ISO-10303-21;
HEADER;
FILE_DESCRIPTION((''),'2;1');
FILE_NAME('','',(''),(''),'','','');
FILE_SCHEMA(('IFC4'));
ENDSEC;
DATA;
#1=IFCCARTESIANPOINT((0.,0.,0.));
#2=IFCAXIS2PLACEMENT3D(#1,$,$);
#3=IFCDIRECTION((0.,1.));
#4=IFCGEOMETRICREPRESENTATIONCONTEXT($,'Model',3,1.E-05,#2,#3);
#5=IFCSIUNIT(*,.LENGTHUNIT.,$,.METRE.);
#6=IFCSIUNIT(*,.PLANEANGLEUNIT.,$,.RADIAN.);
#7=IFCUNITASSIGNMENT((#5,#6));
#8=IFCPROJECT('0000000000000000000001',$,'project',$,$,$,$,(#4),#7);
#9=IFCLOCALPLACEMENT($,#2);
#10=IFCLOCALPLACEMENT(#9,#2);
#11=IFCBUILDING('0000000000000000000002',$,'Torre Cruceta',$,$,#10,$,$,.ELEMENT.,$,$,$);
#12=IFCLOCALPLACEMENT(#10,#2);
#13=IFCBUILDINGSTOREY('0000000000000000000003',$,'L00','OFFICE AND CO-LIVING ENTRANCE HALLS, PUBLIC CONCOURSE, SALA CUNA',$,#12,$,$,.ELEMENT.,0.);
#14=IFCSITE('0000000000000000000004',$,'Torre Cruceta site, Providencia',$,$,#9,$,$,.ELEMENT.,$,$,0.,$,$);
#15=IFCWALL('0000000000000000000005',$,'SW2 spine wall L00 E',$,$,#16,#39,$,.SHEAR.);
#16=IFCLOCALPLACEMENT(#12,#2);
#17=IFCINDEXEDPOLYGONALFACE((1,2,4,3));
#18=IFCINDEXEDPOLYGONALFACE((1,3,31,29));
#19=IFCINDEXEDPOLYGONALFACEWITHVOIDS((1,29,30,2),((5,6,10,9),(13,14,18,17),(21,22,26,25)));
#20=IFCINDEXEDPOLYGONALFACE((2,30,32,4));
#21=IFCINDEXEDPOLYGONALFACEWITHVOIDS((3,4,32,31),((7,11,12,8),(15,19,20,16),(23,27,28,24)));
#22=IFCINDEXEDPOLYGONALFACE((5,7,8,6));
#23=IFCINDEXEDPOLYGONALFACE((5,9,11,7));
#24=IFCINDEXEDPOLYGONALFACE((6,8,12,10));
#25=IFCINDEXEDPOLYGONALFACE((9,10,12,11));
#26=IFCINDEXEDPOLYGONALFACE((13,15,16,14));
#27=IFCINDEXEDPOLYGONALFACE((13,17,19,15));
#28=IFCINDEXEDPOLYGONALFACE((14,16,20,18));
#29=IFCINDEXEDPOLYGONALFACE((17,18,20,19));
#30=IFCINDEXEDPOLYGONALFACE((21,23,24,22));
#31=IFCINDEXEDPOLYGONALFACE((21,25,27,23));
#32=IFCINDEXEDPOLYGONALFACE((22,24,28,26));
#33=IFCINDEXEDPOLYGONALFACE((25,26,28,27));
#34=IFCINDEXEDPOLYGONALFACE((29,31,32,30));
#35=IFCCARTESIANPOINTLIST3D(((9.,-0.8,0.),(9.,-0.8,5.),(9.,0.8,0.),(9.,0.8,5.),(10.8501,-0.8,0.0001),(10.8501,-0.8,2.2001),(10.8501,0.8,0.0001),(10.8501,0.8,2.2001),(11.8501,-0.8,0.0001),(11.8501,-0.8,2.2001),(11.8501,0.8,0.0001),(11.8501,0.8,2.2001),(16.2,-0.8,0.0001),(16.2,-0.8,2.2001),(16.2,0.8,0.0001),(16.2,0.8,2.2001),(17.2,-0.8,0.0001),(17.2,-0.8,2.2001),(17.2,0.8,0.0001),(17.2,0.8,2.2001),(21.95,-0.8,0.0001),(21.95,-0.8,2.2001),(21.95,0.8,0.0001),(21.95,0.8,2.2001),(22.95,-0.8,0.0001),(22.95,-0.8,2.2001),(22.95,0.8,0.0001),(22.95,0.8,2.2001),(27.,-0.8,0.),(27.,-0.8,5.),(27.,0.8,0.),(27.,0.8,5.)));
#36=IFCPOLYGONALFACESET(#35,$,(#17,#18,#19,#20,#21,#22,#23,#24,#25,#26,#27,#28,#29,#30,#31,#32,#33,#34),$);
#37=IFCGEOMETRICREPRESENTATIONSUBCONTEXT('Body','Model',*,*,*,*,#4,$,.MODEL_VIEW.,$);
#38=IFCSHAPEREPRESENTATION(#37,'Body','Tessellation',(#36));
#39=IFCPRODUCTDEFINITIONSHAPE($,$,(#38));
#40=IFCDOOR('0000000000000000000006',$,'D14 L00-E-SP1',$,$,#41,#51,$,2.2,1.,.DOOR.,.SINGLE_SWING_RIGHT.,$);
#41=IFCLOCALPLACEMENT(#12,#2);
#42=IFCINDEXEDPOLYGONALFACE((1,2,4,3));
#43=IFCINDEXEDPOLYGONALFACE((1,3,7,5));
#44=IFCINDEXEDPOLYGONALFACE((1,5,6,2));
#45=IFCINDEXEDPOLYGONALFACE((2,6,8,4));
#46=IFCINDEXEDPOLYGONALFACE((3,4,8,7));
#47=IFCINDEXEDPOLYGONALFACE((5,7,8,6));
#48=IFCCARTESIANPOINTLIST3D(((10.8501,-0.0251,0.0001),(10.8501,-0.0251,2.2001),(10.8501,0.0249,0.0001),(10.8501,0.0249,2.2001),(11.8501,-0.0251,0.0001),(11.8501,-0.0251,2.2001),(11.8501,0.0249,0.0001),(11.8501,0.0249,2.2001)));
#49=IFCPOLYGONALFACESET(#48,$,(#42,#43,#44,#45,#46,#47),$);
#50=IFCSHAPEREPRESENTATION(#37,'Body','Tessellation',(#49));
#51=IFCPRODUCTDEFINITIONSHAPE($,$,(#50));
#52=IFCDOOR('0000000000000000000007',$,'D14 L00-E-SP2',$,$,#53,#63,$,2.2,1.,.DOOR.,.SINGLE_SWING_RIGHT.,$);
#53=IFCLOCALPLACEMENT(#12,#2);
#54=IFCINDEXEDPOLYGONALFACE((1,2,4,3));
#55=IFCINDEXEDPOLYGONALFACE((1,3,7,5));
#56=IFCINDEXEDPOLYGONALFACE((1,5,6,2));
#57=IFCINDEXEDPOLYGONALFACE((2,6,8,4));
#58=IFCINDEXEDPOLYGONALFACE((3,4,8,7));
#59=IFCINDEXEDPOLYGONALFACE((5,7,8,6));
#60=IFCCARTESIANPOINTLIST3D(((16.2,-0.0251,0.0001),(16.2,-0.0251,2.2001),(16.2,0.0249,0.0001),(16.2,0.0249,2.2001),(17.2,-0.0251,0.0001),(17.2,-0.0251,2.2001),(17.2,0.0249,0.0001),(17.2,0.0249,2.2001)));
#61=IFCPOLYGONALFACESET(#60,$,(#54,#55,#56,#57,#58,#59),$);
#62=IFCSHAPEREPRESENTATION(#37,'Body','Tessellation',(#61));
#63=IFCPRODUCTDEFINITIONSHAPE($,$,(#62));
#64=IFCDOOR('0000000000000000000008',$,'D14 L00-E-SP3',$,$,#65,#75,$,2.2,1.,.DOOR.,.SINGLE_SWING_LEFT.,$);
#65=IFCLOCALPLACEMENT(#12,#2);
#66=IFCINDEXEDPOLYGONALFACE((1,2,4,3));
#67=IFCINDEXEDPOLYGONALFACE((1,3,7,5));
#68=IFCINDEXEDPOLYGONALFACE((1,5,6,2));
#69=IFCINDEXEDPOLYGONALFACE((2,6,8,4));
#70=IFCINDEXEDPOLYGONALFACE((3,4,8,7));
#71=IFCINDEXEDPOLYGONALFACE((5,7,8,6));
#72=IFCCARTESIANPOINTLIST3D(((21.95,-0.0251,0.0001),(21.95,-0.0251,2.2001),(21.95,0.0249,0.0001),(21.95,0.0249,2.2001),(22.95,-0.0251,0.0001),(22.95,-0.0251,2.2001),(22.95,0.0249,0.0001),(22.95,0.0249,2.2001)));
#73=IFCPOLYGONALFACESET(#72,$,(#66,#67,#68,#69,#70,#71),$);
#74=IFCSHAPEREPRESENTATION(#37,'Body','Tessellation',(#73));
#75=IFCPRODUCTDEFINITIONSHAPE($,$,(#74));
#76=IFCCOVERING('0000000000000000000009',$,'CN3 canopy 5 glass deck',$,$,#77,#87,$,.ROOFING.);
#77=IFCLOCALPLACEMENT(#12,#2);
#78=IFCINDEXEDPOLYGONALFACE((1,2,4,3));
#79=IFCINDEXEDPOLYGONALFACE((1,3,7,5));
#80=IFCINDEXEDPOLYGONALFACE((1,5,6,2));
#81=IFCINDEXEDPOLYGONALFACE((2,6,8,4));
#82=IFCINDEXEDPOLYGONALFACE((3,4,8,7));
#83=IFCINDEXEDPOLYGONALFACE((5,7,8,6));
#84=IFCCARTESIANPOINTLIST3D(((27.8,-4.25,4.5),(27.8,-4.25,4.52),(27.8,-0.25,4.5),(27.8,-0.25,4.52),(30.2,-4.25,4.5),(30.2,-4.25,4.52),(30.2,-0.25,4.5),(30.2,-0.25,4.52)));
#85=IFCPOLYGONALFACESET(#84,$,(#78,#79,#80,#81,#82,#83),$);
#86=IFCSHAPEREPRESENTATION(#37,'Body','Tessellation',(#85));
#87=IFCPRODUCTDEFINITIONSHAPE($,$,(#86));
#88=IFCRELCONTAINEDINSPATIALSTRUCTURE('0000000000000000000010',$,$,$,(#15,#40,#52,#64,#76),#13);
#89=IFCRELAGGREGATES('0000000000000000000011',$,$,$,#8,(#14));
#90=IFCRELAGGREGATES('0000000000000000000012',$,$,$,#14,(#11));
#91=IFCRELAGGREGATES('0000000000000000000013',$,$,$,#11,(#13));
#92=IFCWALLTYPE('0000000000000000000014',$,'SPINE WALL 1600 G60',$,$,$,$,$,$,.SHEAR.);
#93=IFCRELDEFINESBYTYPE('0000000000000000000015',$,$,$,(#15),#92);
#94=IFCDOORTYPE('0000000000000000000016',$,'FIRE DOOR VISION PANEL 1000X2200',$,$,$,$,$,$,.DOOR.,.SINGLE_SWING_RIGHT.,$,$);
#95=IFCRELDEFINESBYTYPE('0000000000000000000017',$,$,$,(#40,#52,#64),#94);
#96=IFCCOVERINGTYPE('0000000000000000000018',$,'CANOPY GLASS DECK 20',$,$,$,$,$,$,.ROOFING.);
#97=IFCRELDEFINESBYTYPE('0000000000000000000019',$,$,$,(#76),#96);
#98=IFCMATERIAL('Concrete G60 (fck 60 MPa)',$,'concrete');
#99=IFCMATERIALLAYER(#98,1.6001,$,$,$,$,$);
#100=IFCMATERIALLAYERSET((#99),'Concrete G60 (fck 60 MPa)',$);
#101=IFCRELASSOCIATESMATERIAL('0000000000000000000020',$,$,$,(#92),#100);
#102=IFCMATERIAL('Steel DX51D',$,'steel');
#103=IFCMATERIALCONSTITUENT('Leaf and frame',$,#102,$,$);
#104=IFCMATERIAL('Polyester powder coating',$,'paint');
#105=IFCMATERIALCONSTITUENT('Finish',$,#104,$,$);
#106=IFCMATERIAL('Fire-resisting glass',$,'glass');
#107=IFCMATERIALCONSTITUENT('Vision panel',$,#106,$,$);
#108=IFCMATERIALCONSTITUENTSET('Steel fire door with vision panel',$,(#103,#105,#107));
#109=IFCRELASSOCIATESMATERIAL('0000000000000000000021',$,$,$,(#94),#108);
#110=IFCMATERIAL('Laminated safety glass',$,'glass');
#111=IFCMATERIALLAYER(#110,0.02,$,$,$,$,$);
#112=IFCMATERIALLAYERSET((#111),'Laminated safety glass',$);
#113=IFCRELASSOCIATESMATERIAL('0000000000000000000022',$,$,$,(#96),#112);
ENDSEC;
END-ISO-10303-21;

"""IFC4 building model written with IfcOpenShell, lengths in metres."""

from ifc_helpers import new_model, si_unit, direction, frame, frame_2d, origin, origin_2d, place, context, subcontext, project, spatial, rectangle, extrude, material, layer, layer_set, constituent, constituent_set, type_object, element, fill, save


model = new_model("IFC4")

# Units and contexts
model_context = context("Model", 3, precision=1e-05, world=origin(), true_north=direction((0.0, 1.0)))
body_context = subcontext(model_context, "Body", "Model", "MODEL_VIEW")
ifc_project = project(units=[si_unit("LENGTHUNIT", "METRE"), si_unit("PLANEANGLEUNIT", "RADIAN")], contexts=[model_context])

# Site, building, storey
site_placement = place(None, origin())
site = spatial("IfcSite", under=ifc_project, at=site_placement, Name="Torre Cruceta site, Providencia", CompositionType="ELEMENT", RefElevation=0.0)
building_placement = place(site_placement, origin())
building = spatial("IfcBuilding", under=site, at=building_placement, Name="Torre Cruceta", CompositionType="ELEMENT")
storey_placement = place(building_placement, origin())
storey = spatial("IfcBuildingStorey", under=building, at=storey_placement, Name="L00", Description="OFFICE AND CO-LIVING ENTRANCE HALLS, PUBLIC CONCOURSE, SALA CUNA", CompositionType="ELEMENT", Elevation=0.0)

# Wall, openings, doors
ifc_material_1 = material(Name="Concrete G60 (fck 60 MPa)", Category="concrete")
ifc_layer_1 = layer(ifc_material_1, 1.6001)
ifc_layer_set_1 = layer_set([ifc_layer_1], Name="Concrete G60 (fck 60 MPa)")
wall_type_1 = type_object("IfcWallType", Name="SPINE WALL 1600 G60", PredefinedType="SHEAR", material=ifc_layer_set_1)
wall_1_placement = place(storey_placement, frame((9.0, 0.0, 0.0), z_axis=(0.0, 0.0, 1.0), x_axis=(1.0, 0.0, 0.0)))
wall_1 = element("IfcWall", 1, at=wall_1_placement, inside=storey, type_object=wall_type_1, Name="SW2 spine wall L00 E", PredefinedType="SHEAR", context=body_context, shape_type="SweptSolid", body=[
    extrude(rectangle(XDim=18.0, YDim=1.6001, at=frame_2d((9.0, 0.0))), origin(), (0.0, 0.0, 1.0), 5.0),
])
opening_1_placement = place(wall_1_placement, frame((1.8501, 0.0, 0.0)))
opening_1 = element("IfcOpeningElement", 2, at=opening_1_placement, cuts=wall_1, PredefinedType="OPENING", context=body_context, shape_type="SweptSolid", body=[
    extrude(rectangle(XDim=1.0, YDim=2.2, at=frame_2d((0.5, 1.1001))), frame((0.0, 0.8101, 0.0), z_axis=(0.0, -1.0, 0.0), x_axis=(1.0, 0.0, 0.0)), (0.0, 0.0, 1.0), 1.6201),
])
opening_2_placement = place(wall_1_placement, frame((7.2, 0.0, 0.0)))
opening_2 = element("IfcOpeningElement", 3, at=opening_2_placement, cuts=wall_1, PredefinedType="OPENING", context=body_context, shape_type="SweptSolid", body=[
    extrude(rectangle(XDim=1.0, YDim=2.2, at=frame_2d((0.5, 1.1001))), frame((0.0, 0.8101, 0.0), z_axis=(0.0, -1.0, 0.0), x_axis=(1.0, 0.0, 0.0)), (0.0, 0.0, 1.0), 1.6201),
])
opening_3_placement = place(wall_1_placement, frame((12.95, 0.0, 0.0)))
opening_3 = element("IfcOpeningElement", 4, at=opening_3_placement, cuts=wall_1, PredefinedType="OPENING", context=body_context, shape_type="SweptSolid", body=[
    extrude(rectangle(XDim=1.0, YDim=2.2, at=frame_2d((0.5, 1.1001))), frame((0.0, 0.8101, 0.0), z_axis=(0.0, -1.0, 0.0), x_axis=(1.0, 0.0, 0.0)), (0.0, 0.0, 1.0), 1.6201),
])
ifc_material_2 = material(Name="Steel DX51D", Category="steel")
ifc_constituent_1 = constituent(ifc_material_2, Name="Leaf and frame")
ifc_material_3 = material(Name="Polyester powder coating", Category="paint")
ifc_constituent_2 = constituent(ifc_material_3, Name="Finish")
ifc_material_4 = material(Name="Fire-resisting glass", Category="glass")
ifc_constituent_3 = constituent(ifc_material_4, Name="Vision panel")
ifc_constituent_set_1 = constituent_set(constituents=[ifc_constituent_1, ifc_constituent_2, ifc_constituent_3], Name="Steel fire door with vision panel")
door_type_1 = type_object("IfcDoorType", Name="FIRE DOOR VISION PANEL 1000X2200", OperationType="SINGLE_SWING_RIGHT", PredefinedType="DOOR", material=ifc_constituent_set_1)
door_1_placement = place(opening_1_placement, frame((1.0, 0.0, 0.0), z_axis=(0.0, 0.0, 1.0), x_axis=(-1.0, 0.0, 0.0)))
door_1 = element("IfcDoor", 5, at=door_1_placement, inside=storey, type_object=door_type_1, Name="D14 L00-E-SP1", OperationType="SINGLE_SWING_RIGHT", OverallHeight=2.2, OverallWidth=1.0, PredefinedType="DOOR", context=body_context, shape_type="SweptSolid", body=[
    extrude(rectangle(XDim=1.0, YDim=2.2, at=frame_2d((0.5, 1.1001))), frame((0.0, 0.0251, 0.0), z_axis=(0.0, -1.0, 0.0), x_axis=(1.0, 0.0, 0.0)), (0.0, 0.0, 1.0), 0.05),
])
fill(opening_1, door_1)
door_2_placement = place(opening_2_placement, frame((1.0, 0.0, 0.0), z_axis=(0.0, 0.0, 1.0), x_axis=(-1.0, 0.0, 0.0)))
door_2 = element("IfcDoor", 6, at=door_2_placement, inside=storey, type_object=door_type_1, Name="D14 L00-E-SP2", OperationType="SINGLE_SWING_RIGHT", OverallHeight=2.2, OverallWidth=1.0, PredefinedType="DOOR", context=body_context, shape_type="SweptSolid", body=[
    extrude(rectangle(XDim=1.0, YDim=2.2, at=frame_2d((0.5, 1.1001))), frame((0.0, 0.0251, 0.0), z_axis=(0.0, -1.0, 0.0), x_axis=(1.0, 0.0, 0.0)), (0.0, 0.0, 1.0), 0.05),
])
fill(opening_2, door_2)
door_3_placement = place(opening_3_placement, origin())
door_3 = element("IfcDoor", 7, at=door_3_placement, inside=storey, type_object=door_type_1, Name="D14 L00-E-SP3", OperationType="SINGLE_SWING_LEFT", OverallHeight=2.2, OverallWidth=1.0, PredefinedType="DOOR", context=body_context, shape_type="SweptSolid", body=[
    extrude(rectangle(XDim=1.0, YDim=2.2, at=frame_2d((0.5, 1.1001))), frame((0.0, 0.0249, 0.0), z_axis=(0.0, -1.0, 0.0), x_axis=(1.0, 0.0, 0.0)), (0.0, 0.0, 1.0), 0.05),
])
fill(opening_3, door_3)

# Covering
ifc_material_5 = material(Name="Laminated safety glass", Category="glass")
ifc_layer_2 = layer(ifc_material_5, 0.02)
ifc_layer_set_2 = layer_set([ifc_layer_2], Name="Laminated safety glass")
covering_type = type_object("IfcCoveringType", Name="CANOPY GLASS DECK 20", PredefinedType="ROOFING", material=ifc_layer_set_2)
covering_placement = place(storey_placement, frame((29.0, -2.25, 4.5), z_axis=(0.0, 0.0, 1.0), x_axis=(0.0, 1.0, 0.0)))
element("IfcCovering", 8, at=covering_placement, inside=storey, type_object=covering_type, Name="CN3 canopy 5 glass deck", PredefinedType="ROOFING", context=body_context, shape_type="SweptSolid", body=[
    extrude(rectangle(XDim=4.0, YDim=2.3999, at=origin_2d()), origin(), (0.0, 0.0, 1.0), 0.02),
])

save(model, "model.ifc")
